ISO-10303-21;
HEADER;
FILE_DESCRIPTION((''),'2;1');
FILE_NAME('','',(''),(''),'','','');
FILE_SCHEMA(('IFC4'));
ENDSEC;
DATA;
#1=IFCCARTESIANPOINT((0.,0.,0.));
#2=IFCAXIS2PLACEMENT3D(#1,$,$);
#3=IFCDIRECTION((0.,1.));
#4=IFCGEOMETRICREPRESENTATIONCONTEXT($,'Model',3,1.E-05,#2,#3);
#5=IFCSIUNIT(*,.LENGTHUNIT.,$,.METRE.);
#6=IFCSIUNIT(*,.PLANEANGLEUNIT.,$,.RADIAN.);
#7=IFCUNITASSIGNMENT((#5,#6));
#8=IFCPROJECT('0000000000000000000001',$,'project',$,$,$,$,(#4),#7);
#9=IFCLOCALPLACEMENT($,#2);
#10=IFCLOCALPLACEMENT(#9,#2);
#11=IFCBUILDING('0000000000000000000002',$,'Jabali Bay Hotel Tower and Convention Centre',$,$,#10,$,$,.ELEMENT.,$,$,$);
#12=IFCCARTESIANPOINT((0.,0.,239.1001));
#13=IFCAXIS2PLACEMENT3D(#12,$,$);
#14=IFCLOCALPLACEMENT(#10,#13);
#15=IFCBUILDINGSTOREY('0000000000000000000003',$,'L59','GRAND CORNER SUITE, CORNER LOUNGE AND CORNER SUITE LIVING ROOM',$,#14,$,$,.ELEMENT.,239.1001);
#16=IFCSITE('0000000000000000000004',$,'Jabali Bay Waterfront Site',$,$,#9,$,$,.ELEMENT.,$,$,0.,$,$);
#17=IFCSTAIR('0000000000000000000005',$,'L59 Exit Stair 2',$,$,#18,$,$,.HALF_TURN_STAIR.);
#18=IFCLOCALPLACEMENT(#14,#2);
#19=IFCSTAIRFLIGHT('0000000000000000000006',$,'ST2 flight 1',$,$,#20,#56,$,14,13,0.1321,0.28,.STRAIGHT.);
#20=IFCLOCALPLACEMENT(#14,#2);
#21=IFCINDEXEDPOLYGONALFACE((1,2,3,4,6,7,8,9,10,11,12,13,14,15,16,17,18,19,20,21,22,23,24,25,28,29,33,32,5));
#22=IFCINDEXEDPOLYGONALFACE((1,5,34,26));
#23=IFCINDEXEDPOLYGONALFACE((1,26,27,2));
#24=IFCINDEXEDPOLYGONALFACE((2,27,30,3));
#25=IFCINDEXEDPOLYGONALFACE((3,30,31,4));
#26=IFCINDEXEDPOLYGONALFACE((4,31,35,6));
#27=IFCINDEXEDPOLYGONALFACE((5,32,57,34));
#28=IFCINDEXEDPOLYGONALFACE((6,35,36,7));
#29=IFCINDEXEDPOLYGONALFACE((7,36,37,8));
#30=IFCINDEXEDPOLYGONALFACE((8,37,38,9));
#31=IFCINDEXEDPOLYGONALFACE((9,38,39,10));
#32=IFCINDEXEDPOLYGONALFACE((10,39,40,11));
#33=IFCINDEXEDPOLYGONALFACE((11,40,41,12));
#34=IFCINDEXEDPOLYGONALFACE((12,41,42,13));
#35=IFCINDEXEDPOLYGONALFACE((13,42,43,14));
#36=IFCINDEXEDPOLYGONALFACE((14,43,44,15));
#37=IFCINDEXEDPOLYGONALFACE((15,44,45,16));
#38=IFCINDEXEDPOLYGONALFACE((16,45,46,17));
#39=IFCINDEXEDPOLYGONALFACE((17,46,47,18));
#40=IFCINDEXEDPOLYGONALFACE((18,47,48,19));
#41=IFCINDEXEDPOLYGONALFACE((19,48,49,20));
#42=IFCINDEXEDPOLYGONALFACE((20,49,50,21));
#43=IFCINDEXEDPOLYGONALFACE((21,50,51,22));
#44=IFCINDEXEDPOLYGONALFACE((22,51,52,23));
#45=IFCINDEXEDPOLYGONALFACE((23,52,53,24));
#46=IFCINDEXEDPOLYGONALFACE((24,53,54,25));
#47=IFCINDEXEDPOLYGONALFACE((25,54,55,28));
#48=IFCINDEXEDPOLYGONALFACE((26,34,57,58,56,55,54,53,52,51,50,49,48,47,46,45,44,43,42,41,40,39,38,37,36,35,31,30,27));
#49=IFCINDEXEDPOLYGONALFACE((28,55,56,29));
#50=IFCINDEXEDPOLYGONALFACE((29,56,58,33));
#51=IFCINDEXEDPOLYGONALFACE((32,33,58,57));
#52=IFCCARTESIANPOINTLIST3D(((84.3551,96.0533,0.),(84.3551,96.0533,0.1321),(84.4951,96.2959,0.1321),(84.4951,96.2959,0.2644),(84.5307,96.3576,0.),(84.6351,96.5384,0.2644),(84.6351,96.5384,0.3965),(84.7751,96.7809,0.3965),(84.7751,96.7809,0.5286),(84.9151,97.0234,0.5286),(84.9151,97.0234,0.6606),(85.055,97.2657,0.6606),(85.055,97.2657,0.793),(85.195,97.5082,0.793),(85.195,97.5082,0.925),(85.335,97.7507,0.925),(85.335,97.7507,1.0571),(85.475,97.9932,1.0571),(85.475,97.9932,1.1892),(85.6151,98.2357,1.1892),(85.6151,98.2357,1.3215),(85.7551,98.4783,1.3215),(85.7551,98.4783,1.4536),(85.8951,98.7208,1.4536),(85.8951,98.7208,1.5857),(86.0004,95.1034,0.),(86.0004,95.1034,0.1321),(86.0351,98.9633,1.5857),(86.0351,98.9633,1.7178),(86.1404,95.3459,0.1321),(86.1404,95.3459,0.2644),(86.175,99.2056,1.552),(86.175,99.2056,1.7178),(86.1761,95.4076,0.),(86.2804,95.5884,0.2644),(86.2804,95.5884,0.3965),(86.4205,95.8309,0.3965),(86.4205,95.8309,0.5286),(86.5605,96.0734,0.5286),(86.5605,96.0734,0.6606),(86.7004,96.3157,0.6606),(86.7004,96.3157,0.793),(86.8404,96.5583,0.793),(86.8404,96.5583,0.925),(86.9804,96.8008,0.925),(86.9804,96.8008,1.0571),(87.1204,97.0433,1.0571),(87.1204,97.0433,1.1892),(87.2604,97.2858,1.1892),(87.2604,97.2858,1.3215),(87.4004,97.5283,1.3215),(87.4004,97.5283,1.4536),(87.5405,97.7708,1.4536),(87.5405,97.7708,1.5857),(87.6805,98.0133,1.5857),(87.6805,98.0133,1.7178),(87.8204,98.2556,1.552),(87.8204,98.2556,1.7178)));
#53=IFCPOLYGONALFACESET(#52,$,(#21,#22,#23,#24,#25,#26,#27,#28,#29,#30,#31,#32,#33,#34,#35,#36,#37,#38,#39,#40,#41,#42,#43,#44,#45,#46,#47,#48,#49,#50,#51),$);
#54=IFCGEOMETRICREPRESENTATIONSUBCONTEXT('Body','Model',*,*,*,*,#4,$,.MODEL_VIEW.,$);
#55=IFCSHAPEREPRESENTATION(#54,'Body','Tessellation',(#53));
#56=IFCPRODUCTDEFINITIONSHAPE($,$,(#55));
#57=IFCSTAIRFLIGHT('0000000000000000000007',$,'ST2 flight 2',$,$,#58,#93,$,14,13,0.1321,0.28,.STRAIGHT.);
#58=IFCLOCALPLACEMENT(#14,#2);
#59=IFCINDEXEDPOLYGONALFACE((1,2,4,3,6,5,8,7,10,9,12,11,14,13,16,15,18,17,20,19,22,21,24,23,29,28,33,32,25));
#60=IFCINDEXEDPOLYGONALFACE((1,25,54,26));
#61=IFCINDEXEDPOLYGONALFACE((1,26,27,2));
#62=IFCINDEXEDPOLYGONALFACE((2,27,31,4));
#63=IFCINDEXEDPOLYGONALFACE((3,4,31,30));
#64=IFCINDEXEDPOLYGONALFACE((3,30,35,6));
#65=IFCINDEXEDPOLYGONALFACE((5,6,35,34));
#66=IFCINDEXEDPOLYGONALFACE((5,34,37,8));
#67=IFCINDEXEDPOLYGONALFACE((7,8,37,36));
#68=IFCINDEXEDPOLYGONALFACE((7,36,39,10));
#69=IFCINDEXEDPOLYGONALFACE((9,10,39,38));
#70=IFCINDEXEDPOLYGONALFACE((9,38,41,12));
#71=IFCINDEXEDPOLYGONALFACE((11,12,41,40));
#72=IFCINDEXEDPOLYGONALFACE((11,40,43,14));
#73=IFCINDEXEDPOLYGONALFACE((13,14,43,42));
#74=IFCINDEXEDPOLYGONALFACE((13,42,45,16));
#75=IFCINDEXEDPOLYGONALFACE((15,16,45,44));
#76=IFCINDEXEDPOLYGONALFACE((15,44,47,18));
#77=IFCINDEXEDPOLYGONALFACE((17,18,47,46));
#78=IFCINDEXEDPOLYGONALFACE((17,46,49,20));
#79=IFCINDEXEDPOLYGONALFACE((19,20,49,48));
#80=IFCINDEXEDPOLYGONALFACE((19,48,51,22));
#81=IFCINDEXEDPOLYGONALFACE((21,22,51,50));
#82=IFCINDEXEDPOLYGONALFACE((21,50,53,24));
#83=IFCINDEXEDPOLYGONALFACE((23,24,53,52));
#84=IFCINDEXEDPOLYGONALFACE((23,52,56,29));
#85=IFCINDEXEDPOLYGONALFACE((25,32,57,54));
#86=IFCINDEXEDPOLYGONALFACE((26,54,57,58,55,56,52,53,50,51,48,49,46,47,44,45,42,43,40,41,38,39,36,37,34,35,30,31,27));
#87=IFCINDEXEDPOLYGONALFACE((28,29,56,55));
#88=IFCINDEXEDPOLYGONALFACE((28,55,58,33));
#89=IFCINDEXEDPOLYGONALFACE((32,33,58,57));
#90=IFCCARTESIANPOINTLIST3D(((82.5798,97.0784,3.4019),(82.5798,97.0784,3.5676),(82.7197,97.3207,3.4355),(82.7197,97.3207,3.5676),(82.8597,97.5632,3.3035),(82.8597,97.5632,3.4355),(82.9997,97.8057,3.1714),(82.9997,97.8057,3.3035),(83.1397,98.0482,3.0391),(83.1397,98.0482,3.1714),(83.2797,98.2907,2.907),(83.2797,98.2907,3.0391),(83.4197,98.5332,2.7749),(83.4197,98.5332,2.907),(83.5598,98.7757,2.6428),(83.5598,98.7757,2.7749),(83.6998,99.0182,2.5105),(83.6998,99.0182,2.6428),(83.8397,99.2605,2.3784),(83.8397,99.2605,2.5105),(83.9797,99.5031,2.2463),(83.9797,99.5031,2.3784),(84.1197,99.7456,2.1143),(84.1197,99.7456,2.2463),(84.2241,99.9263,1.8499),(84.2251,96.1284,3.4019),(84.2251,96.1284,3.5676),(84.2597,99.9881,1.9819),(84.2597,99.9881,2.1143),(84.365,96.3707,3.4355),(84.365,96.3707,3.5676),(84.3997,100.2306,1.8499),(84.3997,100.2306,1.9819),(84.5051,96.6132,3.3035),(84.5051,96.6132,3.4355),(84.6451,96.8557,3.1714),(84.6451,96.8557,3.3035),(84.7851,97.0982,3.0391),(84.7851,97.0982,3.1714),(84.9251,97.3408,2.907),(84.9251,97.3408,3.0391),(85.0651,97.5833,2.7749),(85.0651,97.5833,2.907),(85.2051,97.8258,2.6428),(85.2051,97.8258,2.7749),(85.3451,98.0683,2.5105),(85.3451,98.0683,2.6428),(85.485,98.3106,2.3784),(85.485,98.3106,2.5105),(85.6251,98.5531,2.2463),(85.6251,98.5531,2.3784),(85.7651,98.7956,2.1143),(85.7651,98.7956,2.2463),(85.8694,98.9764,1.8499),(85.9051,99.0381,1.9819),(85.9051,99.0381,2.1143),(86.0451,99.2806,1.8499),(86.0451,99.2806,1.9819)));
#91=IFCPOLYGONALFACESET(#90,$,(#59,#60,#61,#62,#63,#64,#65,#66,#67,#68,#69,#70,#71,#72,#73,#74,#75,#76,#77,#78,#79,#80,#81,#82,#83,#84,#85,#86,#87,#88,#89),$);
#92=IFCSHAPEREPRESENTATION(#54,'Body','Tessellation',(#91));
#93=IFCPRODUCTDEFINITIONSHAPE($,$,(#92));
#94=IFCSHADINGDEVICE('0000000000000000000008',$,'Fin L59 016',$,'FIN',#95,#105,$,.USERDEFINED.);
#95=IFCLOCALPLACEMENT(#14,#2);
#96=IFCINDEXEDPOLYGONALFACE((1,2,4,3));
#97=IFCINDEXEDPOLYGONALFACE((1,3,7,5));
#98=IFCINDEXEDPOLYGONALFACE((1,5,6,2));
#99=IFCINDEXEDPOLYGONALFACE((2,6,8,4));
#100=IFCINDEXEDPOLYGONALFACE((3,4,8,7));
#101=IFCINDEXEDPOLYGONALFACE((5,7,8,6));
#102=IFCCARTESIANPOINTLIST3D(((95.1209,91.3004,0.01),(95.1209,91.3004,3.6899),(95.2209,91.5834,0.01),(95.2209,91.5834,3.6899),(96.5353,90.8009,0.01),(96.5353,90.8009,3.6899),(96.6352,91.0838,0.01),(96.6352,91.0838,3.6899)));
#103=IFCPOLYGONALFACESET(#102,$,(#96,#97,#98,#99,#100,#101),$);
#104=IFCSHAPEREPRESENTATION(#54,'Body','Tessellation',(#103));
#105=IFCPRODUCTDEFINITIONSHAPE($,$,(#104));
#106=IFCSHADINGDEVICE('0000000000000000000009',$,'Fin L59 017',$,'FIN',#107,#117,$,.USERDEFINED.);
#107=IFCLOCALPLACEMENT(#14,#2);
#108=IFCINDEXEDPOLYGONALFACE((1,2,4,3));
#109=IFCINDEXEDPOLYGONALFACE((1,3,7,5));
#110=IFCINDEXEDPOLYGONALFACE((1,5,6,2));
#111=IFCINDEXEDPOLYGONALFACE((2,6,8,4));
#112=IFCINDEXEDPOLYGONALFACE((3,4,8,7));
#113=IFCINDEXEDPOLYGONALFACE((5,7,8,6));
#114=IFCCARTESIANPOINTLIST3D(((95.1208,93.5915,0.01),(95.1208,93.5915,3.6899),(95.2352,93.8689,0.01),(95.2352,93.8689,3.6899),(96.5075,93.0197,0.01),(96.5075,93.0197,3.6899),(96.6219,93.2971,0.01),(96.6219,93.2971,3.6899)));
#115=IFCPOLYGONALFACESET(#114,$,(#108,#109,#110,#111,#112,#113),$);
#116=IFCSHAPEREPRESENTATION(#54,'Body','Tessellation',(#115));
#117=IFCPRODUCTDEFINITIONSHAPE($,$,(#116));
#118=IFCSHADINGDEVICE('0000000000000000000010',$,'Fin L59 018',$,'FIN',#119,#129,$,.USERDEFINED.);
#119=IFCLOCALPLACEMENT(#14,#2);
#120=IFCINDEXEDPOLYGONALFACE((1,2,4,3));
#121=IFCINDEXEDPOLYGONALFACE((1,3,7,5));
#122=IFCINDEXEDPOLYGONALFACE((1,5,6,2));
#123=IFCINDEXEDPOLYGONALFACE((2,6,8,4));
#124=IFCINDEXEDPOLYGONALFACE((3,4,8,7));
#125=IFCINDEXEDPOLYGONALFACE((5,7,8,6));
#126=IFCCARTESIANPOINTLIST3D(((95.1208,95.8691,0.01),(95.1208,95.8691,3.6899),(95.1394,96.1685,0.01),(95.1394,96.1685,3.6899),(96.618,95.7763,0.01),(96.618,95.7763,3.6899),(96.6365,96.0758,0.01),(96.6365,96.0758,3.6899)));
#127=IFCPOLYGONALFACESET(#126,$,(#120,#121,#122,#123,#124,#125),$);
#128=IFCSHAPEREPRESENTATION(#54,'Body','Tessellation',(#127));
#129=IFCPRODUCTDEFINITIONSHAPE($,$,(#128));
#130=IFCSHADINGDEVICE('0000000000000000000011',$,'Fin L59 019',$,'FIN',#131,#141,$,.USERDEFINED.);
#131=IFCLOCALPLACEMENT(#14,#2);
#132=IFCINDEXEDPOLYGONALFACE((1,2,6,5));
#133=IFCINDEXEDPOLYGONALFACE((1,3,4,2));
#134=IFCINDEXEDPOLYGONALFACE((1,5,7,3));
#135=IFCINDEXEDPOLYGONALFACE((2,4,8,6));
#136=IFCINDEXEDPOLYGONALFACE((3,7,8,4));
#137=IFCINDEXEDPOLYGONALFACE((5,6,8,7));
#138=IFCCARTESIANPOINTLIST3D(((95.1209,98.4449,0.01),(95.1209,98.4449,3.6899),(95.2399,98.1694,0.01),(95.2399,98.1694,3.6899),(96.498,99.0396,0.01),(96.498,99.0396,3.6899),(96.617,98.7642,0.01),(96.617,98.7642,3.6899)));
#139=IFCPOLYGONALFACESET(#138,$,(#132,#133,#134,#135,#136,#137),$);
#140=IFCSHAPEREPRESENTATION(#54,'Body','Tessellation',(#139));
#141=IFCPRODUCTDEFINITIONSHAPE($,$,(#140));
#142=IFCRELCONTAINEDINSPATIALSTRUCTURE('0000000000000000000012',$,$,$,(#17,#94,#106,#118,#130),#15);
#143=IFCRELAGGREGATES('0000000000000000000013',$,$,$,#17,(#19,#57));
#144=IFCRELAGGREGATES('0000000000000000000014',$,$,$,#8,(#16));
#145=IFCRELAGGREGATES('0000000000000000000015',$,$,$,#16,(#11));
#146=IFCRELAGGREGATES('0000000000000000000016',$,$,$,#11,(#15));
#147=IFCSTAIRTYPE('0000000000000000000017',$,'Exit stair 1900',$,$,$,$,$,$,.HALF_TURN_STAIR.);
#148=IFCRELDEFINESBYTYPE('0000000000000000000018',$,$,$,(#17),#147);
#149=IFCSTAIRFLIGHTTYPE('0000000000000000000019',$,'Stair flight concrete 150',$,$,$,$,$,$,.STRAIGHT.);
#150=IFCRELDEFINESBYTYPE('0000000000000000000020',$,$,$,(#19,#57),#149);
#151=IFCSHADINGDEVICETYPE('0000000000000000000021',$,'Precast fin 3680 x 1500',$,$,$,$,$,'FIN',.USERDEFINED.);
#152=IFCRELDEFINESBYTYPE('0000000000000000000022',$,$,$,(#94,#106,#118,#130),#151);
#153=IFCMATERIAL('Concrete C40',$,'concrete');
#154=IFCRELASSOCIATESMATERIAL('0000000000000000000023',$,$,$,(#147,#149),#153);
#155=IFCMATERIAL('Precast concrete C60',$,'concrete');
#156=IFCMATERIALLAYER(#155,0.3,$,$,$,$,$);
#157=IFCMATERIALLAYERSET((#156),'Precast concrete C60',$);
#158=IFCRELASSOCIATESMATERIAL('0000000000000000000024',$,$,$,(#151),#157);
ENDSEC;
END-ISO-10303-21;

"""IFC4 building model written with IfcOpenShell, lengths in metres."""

from ifc_helpers import new_model, si_unit, direction, frame, frame_2d, origin, place, context, subcontext, project, spatial, polyline, rectangle, outline, extrude, material, layer, layer_set, type_object, element, aggregate, save


model = new_model("IFC4")

# Units and contexts
model_context = context("Model", 3, precision=1e-05, world=origin(), true_north=direction((0.0, 1.0)))
body_context = subcontext(model_context, "Body", "Model", "MODEL_VIEW")
ifc_project = project(units=[si_unit("LENGTHUNIT", "METRE"), si_unit("PLANEANGLEUNIT", "RADIAN")], contexts=[model_context])

# Site, building, storey
site_placement = place(None, origin())
site = spatial("IfcSite", under=ifc_project, at=site_placement, Name="Jabali Bay Waterfront Site", CompositionType="ELEMENT", RefElevation=0.0)
building_placement = place(site_placement, origin())
building = spatial("IfcBuilding", under=site, at=building_placement, Name="Jabali Bay Hotel Tower and Convention Centre", CompositionType="ELEMENT")
storey_placement = place(building_placement, frame((0.0, 0.0, 239.1001)))
storey = spatial("IfcBuildingStorey", under=building, at=storey_placement, Name="L59", Description="GRAND CORNER SUITE, CORNER LOUNGE AND CORNER SUITE LIVING ROOM", CompositionType="ELEMENT", Elevation=239.1001)

# Shared definitions
ifc_material_1 = material(Name="Concrete C40", Category="concrete")

# Stair, stair flights
stair_type = type_object("IfcStairType", Name="Exit stair 1900", PredefinedType="HALF_TURN_STAIR", material=ifc_material_1)
stair_placement = place(storey_placement, origin())
stair = element("IfcStair", 1, at=stair_placement, inside=storey, type_object=stair_type, Name="L59 Exit Stair 2", PredefinedType="HALF_TURN_STAIR")
stair_flight_type = type_object("IfcStairFlightType", Name="Stair flight concrete 150", PredefinedType="STRAIGHT", material=ifc_material_1)
stair_flight_1_placement = place(storey_placement, frame((85.1777, 95.5784, 0.0), z_axis=(0.0, 0.0, 1.0), x_axis=(0.5, 0.866025, 0.0)))
stair_flight_1 = element("IfcStairFlight", 2, at=stair_flight_1_placement, type_object=stair_flight_type, Name="ST2 flight 1", NumberOfRisers=14, NumberOfTreads=13, PredefinedType="STRAIGHT", RiserHeight=0.1321, TreadLength=0.28, context=body_context, shape_type="SweptSolid", body=[
    extrude(outline(polyline([(0.0, 0.0), (0.0, 0.1321), (0.28, 0.1321), (0.28, 0.2644), (0.5601, 0.2644), (0.5601, 0.3965), (0.8401, 0.3965), (0.8401, 0.5286), (1.1201, 0.5286), (1.1201, 0.6606), (1.3999, 0.6606), (1.3999, 0.793), (1.6799, 0.793), (1.6799, 0.925), (1.96, 0.925), (1.96, 1.0571), (2.24, 1.0571), (2.24, 1.1892), (2.52, 1.1892), (2.52, 1.3215), (2.8, 1.3215), (2.8, 1.4536), (3.0801, 1.4536), (3.0801, 1.5857), (3.3601, 1.5857), (3.3601, 1.7178), (3.6399, 1.7178), (3.6399, 1.8501), (3.6399, 1.552), (0.3513, 0.0), (0.0, 0.0)])), frame((0.0, 0.95, 0.0), z_axis=(0.0, -1.0, 0.0), x_axis=(1.0, 0.0, 0.0)), (0.0, 0.0, 1.0), 1.8999),
])
stair_flight_2_placement = place(storey_placement, frame((85.2224, 99.7556, 1.8499), z_axis=(0.0, 0.0, 1.0), x_axis=(-0.5, -0.866025, 0.0)))
stair_flight_2 = element("IfcStairFlight", 3, at=stair_flight_2_placement, type_object=stair_flight_type, Name="ST2 flight 2", NumberOfRisers=14, NumberOfTreads=13, PredefinedType="STRAIGHT", RiserHeight=0.1321, TreadLength=0.28, context=body_context, shape_type="SweptSolid", body=[
    extrude(outline(polyline([(0.0, 0.0), (0.0, 0.1321), (0.28, 0.1321), (0.28, 0.2644), (0.5601, 0.2644), (0.5601, 0.3965), (0.8401, 0.3965), (0.8401, 0.5286), (1.1201, 0.5286), (1.1201, 0.6606), (1.3999, 0.6606), (1.3999, 0.793), (1.6799, 0.793), (1.6799, 0.925), (1.96, 0.925), (1.96, 1.0571), (2.24, 1.0571), (2.24, 1.1892), (2.52, 1.1892), (2.52, 1.3215), (2.8, 1.3215), (2.8, 1.4536), (3.0801, 1.4536), (3.0801, 1.5857), (3.3601, 1.5857), (3.3601, 1.7178), (3.6399, 1.7178), (3.6399, 1.8501), (3.6399, 1.552), (0.3513, 0.0), (0.0, 0.0)])), frame((0.0, 0.95, 0.0), z_axis=(0.0, -1.0, 0.0), x_axis=(1.0, 0.0, 0.0)), (0.0, 0.0, 1.0), 1.8999),
])
aggregate(stair, [stair_flight_1, stair_flight_2])

# Shading devices
ifc_material_2 = material(Name="Precast concrete C60", Category="concrete")
ifc_layer_1 = layer(ifc_material_2, 0.3)
ifc_layer_set_1 = layer_set([ifc_layer_1], Name="Precast concrete C60")
shading_device_type = type_object("IfcShadingDeviceType", Name="Precast fin 3680 x 1500", ElementType="FIN", PredefinedType="USERDEFINED", material=ifc_layer_set_1)
for number, where, z_axis, x_axis, name in (
    (4, (95.1709, 91.4419, 0.01), (0.0, 0.0, 1.0), (0.942918, -0.333024, 0.0), "Fin L59 016"),
    (5, (95.178, 93.7302, 0.01), (0.0, 0.0, 1.0), (0.924496, -0.381192, 0.0), "Fin L59 017"),
    (6, (95.1301, 96.0188, 0.01), (0.0, 0.0, 1.0), (0.998085, -0.061851, 0.0), "Fin L59 018"),
    (7, (95.1804, 98.3071, 0.01), (0.0, 0.0, 1.0), (0.91803, 0.396511, 0.0), "Fin L59 019"),
):
    element("IfcShadingDevice", number, at=place(storey_placement, frame(where, z_axis=z_axis, x_axis=x_axis)), inside=storey, type_object=shading_device_type, Name=name, ObjectType="FIN", PredefinedType="USERDEFINED", context=body_context, shape_type="SweptSolid", body=[
        extrude(rectangle(XDim=1.5, YDim=0.3, at=frame_2d((0.75, 0.0))), origin(), (0.0, 0.0, 1.0), 3.6799),
    ])

save(model, "model.ifc")
